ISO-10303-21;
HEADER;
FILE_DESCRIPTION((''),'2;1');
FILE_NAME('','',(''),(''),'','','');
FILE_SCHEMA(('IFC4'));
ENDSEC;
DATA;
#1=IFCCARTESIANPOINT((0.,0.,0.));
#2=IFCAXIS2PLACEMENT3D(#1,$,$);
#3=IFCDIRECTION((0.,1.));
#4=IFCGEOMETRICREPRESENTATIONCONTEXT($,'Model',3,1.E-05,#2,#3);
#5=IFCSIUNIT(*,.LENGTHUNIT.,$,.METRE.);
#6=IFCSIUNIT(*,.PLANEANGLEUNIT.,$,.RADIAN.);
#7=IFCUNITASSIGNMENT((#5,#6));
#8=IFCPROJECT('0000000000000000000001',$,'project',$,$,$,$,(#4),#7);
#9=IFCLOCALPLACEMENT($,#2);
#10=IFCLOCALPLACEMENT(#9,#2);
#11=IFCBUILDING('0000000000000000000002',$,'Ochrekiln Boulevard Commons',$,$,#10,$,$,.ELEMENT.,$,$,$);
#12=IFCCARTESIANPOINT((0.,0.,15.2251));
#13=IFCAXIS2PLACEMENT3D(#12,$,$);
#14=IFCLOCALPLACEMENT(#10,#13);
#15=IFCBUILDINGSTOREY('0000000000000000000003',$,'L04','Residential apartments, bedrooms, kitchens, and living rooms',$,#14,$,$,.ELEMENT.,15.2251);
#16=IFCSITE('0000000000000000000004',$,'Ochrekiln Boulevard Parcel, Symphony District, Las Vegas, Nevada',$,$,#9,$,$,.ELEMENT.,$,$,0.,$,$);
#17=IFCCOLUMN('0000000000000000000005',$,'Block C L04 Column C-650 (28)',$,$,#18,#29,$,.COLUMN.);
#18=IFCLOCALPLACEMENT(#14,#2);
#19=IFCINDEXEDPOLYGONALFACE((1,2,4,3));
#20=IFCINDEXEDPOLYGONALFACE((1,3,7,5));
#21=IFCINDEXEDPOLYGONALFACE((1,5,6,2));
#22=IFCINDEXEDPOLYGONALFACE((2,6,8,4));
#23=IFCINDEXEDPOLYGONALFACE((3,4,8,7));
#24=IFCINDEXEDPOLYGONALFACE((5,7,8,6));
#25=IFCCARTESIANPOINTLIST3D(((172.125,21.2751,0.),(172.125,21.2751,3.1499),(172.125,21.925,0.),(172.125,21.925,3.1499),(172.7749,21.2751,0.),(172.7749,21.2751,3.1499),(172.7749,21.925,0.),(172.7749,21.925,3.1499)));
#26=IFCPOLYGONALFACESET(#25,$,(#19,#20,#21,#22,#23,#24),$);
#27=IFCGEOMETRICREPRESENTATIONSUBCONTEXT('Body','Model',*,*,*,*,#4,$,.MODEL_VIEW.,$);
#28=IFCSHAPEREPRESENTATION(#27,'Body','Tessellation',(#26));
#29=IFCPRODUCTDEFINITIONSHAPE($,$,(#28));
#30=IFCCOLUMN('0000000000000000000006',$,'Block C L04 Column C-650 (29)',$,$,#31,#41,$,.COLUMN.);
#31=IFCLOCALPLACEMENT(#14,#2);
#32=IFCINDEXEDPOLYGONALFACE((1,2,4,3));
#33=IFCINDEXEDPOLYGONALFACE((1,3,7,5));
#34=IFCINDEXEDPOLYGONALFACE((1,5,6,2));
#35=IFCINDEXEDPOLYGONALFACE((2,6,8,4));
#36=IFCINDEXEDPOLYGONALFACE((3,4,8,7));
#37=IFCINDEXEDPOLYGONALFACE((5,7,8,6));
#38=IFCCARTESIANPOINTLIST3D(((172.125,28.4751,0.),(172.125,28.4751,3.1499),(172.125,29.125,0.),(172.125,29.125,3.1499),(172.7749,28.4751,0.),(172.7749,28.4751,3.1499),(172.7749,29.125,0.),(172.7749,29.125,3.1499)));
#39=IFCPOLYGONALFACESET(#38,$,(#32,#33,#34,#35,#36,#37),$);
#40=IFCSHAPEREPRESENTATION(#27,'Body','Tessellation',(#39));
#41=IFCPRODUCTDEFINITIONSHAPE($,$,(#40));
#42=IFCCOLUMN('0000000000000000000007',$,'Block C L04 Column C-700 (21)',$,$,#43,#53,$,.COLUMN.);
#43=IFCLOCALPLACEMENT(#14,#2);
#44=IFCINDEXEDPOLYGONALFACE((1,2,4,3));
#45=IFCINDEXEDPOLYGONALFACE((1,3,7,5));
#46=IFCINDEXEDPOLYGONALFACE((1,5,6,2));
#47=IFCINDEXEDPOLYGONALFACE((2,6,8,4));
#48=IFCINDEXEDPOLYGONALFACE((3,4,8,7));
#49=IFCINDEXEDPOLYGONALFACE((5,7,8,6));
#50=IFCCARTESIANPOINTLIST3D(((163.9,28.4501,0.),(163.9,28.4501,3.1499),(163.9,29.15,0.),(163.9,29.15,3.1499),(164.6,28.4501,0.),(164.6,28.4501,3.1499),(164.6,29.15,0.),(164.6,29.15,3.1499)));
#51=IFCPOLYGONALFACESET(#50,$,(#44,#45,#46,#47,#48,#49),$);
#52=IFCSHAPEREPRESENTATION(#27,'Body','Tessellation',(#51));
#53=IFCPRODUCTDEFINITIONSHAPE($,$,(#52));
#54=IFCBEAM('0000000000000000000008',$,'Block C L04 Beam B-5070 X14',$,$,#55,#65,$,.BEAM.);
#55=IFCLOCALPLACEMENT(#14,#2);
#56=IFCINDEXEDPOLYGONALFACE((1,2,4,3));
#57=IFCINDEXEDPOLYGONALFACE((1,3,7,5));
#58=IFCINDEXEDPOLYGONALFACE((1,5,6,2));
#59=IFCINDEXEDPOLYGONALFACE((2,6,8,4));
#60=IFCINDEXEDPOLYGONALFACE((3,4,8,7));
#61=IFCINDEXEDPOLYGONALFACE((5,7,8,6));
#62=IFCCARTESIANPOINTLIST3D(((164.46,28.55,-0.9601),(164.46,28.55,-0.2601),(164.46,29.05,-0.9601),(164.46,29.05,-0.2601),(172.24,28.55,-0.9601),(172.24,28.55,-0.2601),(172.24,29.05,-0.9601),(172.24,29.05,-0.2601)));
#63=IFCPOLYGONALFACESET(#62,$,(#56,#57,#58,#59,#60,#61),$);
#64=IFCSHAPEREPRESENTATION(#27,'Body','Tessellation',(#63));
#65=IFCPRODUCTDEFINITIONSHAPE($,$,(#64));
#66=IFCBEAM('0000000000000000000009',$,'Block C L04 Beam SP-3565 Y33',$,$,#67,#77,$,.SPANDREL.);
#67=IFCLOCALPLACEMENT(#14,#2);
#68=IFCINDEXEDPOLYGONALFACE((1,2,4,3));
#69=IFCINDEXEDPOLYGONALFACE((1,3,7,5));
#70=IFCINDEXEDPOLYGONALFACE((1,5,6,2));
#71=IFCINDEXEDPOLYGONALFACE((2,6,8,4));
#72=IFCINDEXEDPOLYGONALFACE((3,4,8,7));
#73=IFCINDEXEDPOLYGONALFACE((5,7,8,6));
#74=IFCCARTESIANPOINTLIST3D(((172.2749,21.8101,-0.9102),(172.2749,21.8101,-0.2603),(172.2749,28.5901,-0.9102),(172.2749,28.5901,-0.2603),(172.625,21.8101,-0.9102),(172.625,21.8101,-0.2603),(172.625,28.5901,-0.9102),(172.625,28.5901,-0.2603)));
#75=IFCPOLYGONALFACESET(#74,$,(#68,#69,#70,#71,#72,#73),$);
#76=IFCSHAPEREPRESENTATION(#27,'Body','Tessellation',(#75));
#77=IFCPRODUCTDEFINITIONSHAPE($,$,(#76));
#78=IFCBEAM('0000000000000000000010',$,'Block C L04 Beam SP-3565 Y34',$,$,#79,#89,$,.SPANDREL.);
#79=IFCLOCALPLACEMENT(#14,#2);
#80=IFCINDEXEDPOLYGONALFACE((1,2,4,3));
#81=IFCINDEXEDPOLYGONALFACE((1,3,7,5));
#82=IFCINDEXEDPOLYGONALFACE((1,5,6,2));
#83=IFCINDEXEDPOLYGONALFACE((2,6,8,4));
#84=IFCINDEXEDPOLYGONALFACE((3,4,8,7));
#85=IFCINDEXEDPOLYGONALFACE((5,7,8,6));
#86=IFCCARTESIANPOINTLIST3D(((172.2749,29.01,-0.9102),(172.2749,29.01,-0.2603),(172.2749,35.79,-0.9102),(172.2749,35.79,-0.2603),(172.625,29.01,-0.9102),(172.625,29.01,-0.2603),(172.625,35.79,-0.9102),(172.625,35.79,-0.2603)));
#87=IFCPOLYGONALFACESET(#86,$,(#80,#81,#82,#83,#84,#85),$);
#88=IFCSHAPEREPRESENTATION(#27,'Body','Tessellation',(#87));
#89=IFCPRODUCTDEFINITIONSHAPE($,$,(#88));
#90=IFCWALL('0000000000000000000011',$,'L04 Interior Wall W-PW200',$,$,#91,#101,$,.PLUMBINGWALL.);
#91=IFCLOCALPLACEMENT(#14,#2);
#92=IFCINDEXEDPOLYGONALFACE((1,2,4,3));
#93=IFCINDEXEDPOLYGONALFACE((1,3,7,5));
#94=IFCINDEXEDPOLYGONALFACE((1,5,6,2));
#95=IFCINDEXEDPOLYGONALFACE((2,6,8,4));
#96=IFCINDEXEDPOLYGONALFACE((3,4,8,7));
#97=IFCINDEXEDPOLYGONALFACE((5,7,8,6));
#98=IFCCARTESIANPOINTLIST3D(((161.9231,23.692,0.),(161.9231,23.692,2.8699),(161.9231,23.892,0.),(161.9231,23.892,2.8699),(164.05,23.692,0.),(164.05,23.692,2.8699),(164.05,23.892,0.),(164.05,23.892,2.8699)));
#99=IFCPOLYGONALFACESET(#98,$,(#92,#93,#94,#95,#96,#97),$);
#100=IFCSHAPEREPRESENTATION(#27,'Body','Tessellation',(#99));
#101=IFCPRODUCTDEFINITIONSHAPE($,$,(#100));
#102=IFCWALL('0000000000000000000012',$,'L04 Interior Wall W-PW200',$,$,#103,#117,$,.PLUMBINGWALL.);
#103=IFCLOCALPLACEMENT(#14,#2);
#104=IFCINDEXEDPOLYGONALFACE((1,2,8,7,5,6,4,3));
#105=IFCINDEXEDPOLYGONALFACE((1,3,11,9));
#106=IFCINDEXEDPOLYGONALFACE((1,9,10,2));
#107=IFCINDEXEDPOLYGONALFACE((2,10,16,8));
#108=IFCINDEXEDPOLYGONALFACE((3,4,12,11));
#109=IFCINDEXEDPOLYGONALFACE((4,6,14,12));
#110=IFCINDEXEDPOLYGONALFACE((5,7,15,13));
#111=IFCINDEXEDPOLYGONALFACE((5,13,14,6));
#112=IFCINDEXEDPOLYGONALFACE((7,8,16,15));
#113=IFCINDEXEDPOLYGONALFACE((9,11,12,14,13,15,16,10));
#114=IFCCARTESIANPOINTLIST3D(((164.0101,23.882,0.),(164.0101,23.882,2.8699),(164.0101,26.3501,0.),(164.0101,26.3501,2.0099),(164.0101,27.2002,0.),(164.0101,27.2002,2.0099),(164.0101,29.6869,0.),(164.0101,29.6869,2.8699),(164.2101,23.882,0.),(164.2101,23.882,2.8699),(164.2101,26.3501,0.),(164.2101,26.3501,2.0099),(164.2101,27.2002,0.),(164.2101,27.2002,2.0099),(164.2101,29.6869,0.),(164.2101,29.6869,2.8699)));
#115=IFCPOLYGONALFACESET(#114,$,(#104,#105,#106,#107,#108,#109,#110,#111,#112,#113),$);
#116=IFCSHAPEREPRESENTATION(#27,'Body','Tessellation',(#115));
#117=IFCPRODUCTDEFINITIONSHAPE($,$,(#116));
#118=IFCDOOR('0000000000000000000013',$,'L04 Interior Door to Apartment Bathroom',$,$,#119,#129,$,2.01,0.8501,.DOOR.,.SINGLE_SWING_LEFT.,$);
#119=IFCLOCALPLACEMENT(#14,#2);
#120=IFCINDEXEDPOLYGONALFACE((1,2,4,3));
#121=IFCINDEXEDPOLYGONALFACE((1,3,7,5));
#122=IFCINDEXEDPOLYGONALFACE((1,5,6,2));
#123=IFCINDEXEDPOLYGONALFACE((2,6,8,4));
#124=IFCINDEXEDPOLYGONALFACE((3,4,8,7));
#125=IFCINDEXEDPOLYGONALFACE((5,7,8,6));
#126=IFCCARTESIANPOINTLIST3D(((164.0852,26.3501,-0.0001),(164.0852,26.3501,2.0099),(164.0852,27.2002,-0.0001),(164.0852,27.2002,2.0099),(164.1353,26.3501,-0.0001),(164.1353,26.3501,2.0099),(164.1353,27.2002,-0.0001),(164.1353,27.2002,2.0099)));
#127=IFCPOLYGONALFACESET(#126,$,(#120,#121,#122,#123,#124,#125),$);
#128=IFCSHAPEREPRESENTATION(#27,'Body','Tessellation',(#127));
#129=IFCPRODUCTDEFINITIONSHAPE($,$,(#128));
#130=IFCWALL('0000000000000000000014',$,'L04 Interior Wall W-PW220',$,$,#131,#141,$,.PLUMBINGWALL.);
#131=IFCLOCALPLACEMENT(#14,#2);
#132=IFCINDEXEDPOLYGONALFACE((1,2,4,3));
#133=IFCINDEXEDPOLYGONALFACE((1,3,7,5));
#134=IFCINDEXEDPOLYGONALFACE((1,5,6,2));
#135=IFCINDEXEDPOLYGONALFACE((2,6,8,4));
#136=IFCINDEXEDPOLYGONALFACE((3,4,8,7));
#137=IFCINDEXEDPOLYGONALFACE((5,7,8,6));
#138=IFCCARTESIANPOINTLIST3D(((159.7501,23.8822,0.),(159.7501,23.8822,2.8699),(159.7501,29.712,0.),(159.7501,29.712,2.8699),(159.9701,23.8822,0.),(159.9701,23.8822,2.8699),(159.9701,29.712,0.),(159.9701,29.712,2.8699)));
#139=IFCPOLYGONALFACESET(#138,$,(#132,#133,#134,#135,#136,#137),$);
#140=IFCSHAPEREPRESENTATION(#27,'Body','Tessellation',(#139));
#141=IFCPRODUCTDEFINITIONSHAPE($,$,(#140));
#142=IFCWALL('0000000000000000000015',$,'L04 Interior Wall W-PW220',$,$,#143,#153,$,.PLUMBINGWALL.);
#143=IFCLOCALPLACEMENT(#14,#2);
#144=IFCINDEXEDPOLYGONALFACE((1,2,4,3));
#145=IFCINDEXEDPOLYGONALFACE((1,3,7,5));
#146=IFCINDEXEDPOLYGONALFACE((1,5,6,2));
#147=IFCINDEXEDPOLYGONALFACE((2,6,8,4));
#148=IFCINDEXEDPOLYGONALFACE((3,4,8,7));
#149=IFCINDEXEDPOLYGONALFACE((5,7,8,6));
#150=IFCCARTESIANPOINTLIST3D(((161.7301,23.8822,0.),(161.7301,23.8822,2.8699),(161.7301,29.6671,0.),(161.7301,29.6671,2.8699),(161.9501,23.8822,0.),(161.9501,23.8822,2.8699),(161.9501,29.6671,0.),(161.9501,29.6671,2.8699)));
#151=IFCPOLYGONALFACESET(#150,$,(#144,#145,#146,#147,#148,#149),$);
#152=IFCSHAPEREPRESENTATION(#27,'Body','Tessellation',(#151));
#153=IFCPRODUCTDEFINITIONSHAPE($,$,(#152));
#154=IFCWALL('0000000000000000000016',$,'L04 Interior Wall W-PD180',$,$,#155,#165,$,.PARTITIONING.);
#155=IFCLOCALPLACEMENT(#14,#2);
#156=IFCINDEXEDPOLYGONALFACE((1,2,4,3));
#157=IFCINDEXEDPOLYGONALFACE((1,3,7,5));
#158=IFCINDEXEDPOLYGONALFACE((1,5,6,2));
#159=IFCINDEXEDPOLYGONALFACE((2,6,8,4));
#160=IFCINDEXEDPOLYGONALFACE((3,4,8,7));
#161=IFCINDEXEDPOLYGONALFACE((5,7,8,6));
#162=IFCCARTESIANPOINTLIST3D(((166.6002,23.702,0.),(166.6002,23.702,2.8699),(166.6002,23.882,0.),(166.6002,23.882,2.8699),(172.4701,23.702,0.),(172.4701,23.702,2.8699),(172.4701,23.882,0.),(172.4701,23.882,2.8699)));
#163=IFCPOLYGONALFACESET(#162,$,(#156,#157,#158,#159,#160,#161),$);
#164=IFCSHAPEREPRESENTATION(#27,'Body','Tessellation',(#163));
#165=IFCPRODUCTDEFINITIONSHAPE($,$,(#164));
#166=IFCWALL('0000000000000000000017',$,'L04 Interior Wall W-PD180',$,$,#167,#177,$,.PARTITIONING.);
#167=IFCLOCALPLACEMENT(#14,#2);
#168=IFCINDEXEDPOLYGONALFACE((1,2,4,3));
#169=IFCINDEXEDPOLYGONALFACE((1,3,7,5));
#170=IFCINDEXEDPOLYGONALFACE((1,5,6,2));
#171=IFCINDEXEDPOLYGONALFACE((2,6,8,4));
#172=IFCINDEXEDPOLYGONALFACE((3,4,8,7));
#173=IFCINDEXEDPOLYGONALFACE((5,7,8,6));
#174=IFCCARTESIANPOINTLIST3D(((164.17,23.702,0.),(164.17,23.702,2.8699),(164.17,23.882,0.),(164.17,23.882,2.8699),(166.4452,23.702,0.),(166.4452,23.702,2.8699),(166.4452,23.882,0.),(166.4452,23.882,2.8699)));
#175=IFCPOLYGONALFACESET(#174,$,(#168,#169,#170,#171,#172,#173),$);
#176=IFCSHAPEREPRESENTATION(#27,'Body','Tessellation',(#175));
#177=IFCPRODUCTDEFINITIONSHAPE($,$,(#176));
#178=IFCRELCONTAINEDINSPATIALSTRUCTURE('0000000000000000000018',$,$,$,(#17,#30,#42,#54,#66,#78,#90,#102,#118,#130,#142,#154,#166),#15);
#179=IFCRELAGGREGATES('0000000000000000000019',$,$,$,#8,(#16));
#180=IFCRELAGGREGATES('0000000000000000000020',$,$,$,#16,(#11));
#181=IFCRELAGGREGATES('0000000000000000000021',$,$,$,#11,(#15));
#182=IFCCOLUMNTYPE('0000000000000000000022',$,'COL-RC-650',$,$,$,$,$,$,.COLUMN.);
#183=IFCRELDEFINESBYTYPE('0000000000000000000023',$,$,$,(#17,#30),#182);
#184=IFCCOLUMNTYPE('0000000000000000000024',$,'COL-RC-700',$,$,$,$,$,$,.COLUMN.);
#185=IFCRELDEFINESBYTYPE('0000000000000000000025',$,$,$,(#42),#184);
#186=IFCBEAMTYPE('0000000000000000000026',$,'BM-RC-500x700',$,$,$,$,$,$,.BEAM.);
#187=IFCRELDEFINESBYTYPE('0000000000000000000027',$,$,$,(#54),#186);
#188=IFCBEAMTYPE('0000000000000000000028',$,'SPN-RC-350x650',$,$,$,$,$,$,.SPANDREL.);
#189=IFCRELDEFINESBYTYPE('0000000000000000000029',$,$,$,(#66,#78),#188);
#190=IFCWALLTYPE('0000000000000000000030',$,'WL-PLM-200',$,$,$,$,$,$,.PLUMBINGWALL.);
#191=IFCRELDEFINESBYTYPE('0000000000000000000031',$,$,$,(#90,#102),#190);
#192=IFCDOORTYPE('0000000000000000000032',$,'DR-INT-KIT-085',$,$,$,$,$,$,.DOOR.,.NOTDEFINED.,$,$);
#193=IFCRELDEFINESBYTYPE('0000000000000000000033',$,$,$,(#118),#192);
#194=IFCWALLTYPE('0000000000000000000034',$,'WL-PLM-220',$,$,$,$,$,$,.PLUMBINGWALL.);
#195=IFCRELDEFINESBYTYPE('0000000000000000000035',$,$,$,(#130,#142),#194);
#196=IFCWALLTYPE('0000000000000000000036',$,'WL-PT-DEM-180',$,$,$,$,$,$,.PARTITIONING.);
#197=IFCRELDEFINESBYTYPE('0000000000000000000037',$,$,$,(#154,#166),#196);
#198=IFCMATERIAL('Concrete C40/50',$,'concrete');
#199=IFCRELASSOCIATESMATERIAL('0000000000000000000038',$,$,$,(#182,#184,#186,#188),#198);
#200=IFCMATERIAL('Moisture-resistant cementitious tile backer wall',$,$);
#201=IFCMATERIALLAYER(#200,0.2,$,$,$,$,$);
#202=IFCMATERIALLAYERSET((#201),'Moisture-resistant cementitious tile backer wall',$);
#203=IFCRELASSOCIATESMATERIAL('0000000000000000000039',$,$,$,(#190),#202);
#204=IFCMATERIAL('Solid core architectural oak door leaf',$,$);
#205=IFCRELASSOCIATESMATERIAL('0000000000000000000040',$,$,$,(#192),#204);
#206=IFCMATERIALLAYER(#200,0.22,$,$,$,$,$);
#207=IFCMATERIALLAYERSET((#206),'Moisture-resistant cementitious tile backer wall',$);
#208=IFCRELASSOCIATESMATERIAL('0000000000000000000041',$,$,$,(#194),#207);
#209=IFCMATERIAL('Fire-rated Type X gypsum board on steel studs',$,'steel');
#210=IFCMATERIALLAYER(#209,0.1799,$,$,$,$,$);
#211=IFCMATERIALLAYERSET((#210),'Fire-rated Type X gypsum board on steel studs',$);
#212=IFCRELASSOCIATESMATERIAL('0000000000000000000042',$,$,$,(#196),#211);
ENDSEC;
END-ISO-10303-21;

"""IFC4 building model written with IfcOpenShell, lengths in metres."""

from ifc_helpers import new_model, si_unit, direction, frame, frame_2d, origin, origin_2d, place, context, subcontext, project, spatial, rectangle, extrude, material, layer, layer_set, material_profile, profile_set, type_object, element, fill, save


model = new_model("IFC4")

# Units and contexts
model_context = context("Model", 3, precision=1e-05, world=origin(), true_north=direction((0.0, 1.0)))
body_context = subcontext(model_context, "Body", "Model", "MODEL_VIEW")
ifc_project = project(units=[si_unit("LENGTHUNIT", "METRE"), si_unit("PLANEANGLEUNIT", "RADIAN")], contexts=[model_context])

# Site, building, storey
site_placement = place(None, origin())
site = spatial("IfcSite", under=ifc_project, at=site_placement, Name="Ochrekiln Boulevard Parcel, Symphony District, Las Vegas, Nevada", CompositionType="ELEMENT", RefElevation=0.0)
building_placement = place(site_placement, origin())
building = spatial("IfcBuilding", under=site, at=building_placement, Name="Ochrekiln Boulevard Commons", CompositionType="ELEMENT")
storey_placement = place(building_placement, frame((0.0, 0.0, 15.2251)))
storey = spatial("IfcBuildingStorey", under=building, at=storey_placement, Name="L04", Description="Residential apartments, bedrooms, kitchens, and living rooms", CompositionType="ELEMENT", Elevation=15.2251)

# Columns
ifc_material_1 = material(Name="Concrete C40/50", Category="concrete")
ifc_material_profile_1 = material_profile(ifc_material_1, rectangle(XDim=0.6499, YDim=0.6499, at=origin_2d()), Name="RC-COL-650x650")
ifc_profile_set_1 = profile_set([ifc_material_profile_1], Name="Concrete C40/50")
column_type_1 = type_object("IfcColumnType", Name="COL-RC-650", PredefinedType="COLUMN", material=ifc_profile_set_1)
for number, where, z_axis, x_axis, name in (
    (1, (172.45, 21.6001, 0.0), (0.0, 0.0, 1.0), (1.0, 0.0, 0.0), "Block C L04 Column C-650 (28)"),
    (2, (172.45, 28.8, 0.0), (0.0, 0.0, 1.0), (1.0, 0.0, 0.0), "Block C L04 Column C-650 (29)"),
):
    element("IfcColumn", number, at=place(storey_placement, frame(where, z_axis=z_axis, x_axis=x_axis)), inside=storey, type_object=column_type_1, Name=name, PredefinedType="COLUMN", context=body_context, shape_type="SweptSolid", body=[
        extrude(rectangle(XDim=0.6499, YDim=0.6499, at=origin_2d()), origin(), (0.0, 0.0, 1.0), 3.1499),
    ])
ifc_material_profile_2 = material_profile(ifc_material_1, rectangle(XDim=0.7, YDim=0.7, at=origin_2d()), Name="RC-COL-700x700")
ifc_profile_set_2 = profile_set([ifc_material_profile_2], Name="Concrete C40/50")
column_type_2 = type_object("IfcColumnType", Name="COL-RC-700", PredefinedType="COLUMN", material=ifc_profile_set_2)
column_placement = place(storey_placement, frame((164.25, 28.8, 0.0), z_axis=(0.0, 0.0, 1.0), x_axis=(1.0, 0.0, 0.0)))
element("IfcColumn", 3, at=column_placement, inside=storey, type_object=column_type_2, Name="Block C L04 Column C-700 (21)", PredefinedType="COLUMN", context=body_context, shape_type="SweptSolid", body=[
    extrude(rectangle(XDim=0.7, YDim=0.7, at=origin_2d()), origin(), (0.0, 0.0, 1.0), 3.1499),
])

# Beams
ifc_material_profile_3 = material_profile(ifc_material_1, rectangle(XDim=0.5, YDim=0.7, at=origin_2d()), Name="RC-BM-500x700")
ifc_profile_set_3 = profile_set([ifc_material_profile_3], Name="Concrete C40/50")
beam_type_1 = type_object("IfcBeamType", Name="BM-RC-500x700", PredefinedType="BEAM", material=ifc_profile_set_3)
beam_placement = place(storey_placement, frame((164.46, 28.8, -0.6101), z_axis=(1.0, 0.0, 0.0), x_axis=(0.0, 1.0, 0.0)))
element("IfcBeam", 4, at=beam_placement, inside=storey, type_object=beam_type_1, Name="Block C L04 Beam B-5070 X14", PredefinedType="BEAM", context=body_context, shape_type="SweptSolid", body=[
    extrude(rectangle(XDim=0.5, YDim=0.7, at=origin_2d()), origin(), (0.0, 0.0, 1.0), 7.78),
])
ifc_material_profile_4 = material_profile(ifc_material_1, rectangle(XDim=0.3501, YDim=0.6499, at=origin_2d()), Name="RC-SPN-350x650")
ifc_profile_set_4 = profile_set([ifc_material_profile_4], Name="Concrete C40/50")
beam_type_2 = type_object("IfcBeamType", Name="SPN-RC-350x650", PredefinedType="SPANDREL", material=ifc_profile_set_4)
for number, where, z_axis, x_axis, name in (
    (5, (172.45, 21.8101, -0.5852), (0.0, 1.0, 0.0), (-1.0, 0.0, 0.0), "Block C L04 Beam SP-3565 Y33"),
    (6, (172.45, 29.01, -0.5852), (0.0, 1.0, 0.0), (-1.0, 0.0, 0.0), "Block C L04 Beam SP-3565 Y34"),
):
    element("IfcBeam", number, at=place(storey_placement, frame(where, z_axis=z_axis, x_axis=x_axis)), inside=storey, type_object=beam_type_2, Name=name, PredefinedType="SPANDREL", context=body_context, shape_type="SweptSolid", body=[
        extrude(rectangle(XDim=0.3501, YDim=0.6499, at=origin_2d()), origin(), (0.0, 0.0, 1.0), 6.78),
    ])

# Wall
ifc_material_2 = material(Name="Moisture-resistant cementitious tile backer wall")
ifc_layer_1 = layer(ifc_material_2, 0.2)
ifc_layer_set_1 = layer_set([ifc_layer_1], Name="Moisture-resistant cementitious tile backer wall")
wall_type_1 = type_object("IfcWallType", Name="WL-PLM-200", PredefinedType="PLUMBINGWALL", material=ifc_layer_set_1)
wall_1_placement = place(storey_placement, frame((161.9231, 23.792, 0.0), z_axis=(0.0, 0.0, 1.0), x_axis=(1.0, 0.0, 0.0)))
element("IfcWall", 7, at=wall_1_placement, inside=storey, type_object=wall_type_1, Name="L04 Interior Wall W-PW200", PredefinedType="PLUMBINGWALL", context=body_context, shape_type="SweptSolid", body=[
    extrude(rectangle(XDim=2.127, YDim=0.2, at=frame_2d((1.0635, 0.0))), origin(), (0.0, 0.0, 1.0), 2.8699),
])

# Wall, opening, door
wall_2_placement = place(storey_placement, frame((164.1101, 23.8821, 0.0), z_axis=(0.0, 0.0, 1.0), x_axis=(0.0, 1.0, 0.0)))
wall_2 = element("IfcWall", 8, at=wall_2_placement, inside=storey, type_object=wall_type_1, Name="L04 Interior Wall W-PW200", PredefinedType="PLUMBINGWALL", context=body_context, shape_type="SweptSolid", body=[
    extrude(rectangle(XDim=5.8049, YDim=0.2, at=frame_2d((2.9023, 0.0))), origin(), (0.0, 0.0, 1.0), 2.8699),
])
opening_placement = place(wall_2_placement, frame((2.468, 0.0, 0.0)))
opening = element("IfcOpeningElement", 9, at=opening_placement, cuts=wall_2, PredefinedType="OPENING", context=body_context, shape_type="SweptSolid", body=[
    extrude(rectangle(XDim=0.8501, YDim=2.01, at=frame_2d((0.425, 1.0049))), frame((0.0, 0.1099, 0.0), z_axis=(0.0, -1.0, 0.0), x_axis=(1.0, 0.0, 0.0)), (0.0, 0.0, 1.0), 0.22),
])
ifc_material_3 = material(Name="Solid core architectural oak door leaf")
door_type = type_object("IfcDoorType", Name="DR-INT-KIT-085", OperationType="NOTDEFINED", PredefinedType="DOOR", material=ifc_material_3)
door_placement = place(opening_placement, origin())
door = element("IfcDoor", 10, at=door_placement, inside=storey, type_object=door_type, Name="L04 Interior Door to Apartment Bathroom", OperationType="SINGLE_SWING_LEFT", OverallHeight=2.01, OverallWidth=0.8501, PredefinedType="DOOR", context=body_context, shape_type="SweptSolid", body=[
    extrude(rectangle(XDim=0.8501, YDim=2.01, at=frame_2d((0.425, 1.0049))), frame((0.0, 0.0249, 0.0), z_axis=(0.0, -1.0, 0.0), x_axis=(1.0, 0.0, 0.0)), (0.0, 0.0, 1.0), 0.05),
])
fill(opening, door)

# Walls
ifc_layer_2 = layer(ifc_material_2, 0.22)
ifc_layer_set_2 = layer_set([ifc_layer_2], Name="Moisture-resistant cementitious tile backer wall")
wall_type_2 = type_object("IfcWallType", Name="WL-PLM-220", PredefinedType="PLUMBINGWALL", material=ifc_layer_set_2)
wall_3_placement = place(storey_placement, frame((159.8601, 23.8821, 0.0), z_axis=(0.0, 0.0, 1.0), x_axis=(0.0, 1.0, 0.0)))
element("IfcWall", 11, at=wall_3_placement, inside=storey, type_object=wall_type_2, Name="L04 Interior Wall W-PW220", PredefinedType="PLUMBINGWALL", context=body_context, shape_type="SweptSolid", body=[
    extrude(rectangle(XDim=5.8298, YDim=0.22, at=frame_2d((2.915, 0.0))), origin(), (0.0, 0.0, 1.0), 2.8699),
])
wall_4_placement = place(storey_placement, frame((161.8401, 23.8821, 0.0), z_axis=(0.0, 0.0, 1.0), x_axis=(0.0, 1.0, 0.0)))
element("IfcWall", 12, at=wall_4_placement, inside=storey, type_object=wall_type_2, Name="L04 Interior Wall W-PW220", PredefinedType="PLUMBINGWALL", context=body_context, shape_type="SweptSolid", body=[
    extrude(rectangle(XDim=5.7849, YDim=0.22, at=frame_2d((2.8926, 0.0))), origin(), (0.0, 0.0, 1.0), 2.8699),
])
ifc_material_4 = material(Name="Fire-rated Type X gypsum board on steel studs", Category="steel")
ifc_layer_3 = layer(ifc_material_4, 0.1799)
ifc_layer_set_3 = layer_set([ifc_layer_3], Name="Fire-rated Type X gypsum board on steel studs")
wall_type_3 = type_object("IfcWallType", Name="WL-PT-DEM-180", PredefinedType="PARTITIONING", material=ifc_layer_set_3)
wall_5_placement = place(storey_placement, frame((166.6001, 23.792, 0.0), z_axis=(0.0, 0.0, 1.0), x_axis=(1.0, 0.0, 0.0)))
element("IfcWall", 13, at=wall_5_placement, inside=storey, type_object=wall_type_3, Name="L04 Interior Wall W-PD180", PredefinedType="PARTITIONING", context=body_context, shape_type="SweptSolid", body=[
    extrude(rectangle(XDim=5.8699, YDim=0.1799, at=frame_2d((2.9351, 0.0))), origin(), (0.0, 0.0, 1.0), 2.8699),
])
wall_6_placement = place(storey_placement, frame((164.1699, 23.792, 0.0), z_axis=(0.0, 0.0, 1.0), x_axis=(1.0, 0.0, 0.0)))
element("IfcWall", 14, at=wall_6_placement, inside=storey, type_object=wall_type_3, Name="L04 Interior Wall W-PD180", PredefinedType="PARTITIONING", context=body_context, shape_type="SweptSolid", body=[
    extrude(rectangle(XDim=2.2751, YDim=0.1799, at=frame_2d((1.1377, 0.0))), origin(), (0.0, 0.0, 1.0), 2.8699),
])

save(model, "model.ifc")
